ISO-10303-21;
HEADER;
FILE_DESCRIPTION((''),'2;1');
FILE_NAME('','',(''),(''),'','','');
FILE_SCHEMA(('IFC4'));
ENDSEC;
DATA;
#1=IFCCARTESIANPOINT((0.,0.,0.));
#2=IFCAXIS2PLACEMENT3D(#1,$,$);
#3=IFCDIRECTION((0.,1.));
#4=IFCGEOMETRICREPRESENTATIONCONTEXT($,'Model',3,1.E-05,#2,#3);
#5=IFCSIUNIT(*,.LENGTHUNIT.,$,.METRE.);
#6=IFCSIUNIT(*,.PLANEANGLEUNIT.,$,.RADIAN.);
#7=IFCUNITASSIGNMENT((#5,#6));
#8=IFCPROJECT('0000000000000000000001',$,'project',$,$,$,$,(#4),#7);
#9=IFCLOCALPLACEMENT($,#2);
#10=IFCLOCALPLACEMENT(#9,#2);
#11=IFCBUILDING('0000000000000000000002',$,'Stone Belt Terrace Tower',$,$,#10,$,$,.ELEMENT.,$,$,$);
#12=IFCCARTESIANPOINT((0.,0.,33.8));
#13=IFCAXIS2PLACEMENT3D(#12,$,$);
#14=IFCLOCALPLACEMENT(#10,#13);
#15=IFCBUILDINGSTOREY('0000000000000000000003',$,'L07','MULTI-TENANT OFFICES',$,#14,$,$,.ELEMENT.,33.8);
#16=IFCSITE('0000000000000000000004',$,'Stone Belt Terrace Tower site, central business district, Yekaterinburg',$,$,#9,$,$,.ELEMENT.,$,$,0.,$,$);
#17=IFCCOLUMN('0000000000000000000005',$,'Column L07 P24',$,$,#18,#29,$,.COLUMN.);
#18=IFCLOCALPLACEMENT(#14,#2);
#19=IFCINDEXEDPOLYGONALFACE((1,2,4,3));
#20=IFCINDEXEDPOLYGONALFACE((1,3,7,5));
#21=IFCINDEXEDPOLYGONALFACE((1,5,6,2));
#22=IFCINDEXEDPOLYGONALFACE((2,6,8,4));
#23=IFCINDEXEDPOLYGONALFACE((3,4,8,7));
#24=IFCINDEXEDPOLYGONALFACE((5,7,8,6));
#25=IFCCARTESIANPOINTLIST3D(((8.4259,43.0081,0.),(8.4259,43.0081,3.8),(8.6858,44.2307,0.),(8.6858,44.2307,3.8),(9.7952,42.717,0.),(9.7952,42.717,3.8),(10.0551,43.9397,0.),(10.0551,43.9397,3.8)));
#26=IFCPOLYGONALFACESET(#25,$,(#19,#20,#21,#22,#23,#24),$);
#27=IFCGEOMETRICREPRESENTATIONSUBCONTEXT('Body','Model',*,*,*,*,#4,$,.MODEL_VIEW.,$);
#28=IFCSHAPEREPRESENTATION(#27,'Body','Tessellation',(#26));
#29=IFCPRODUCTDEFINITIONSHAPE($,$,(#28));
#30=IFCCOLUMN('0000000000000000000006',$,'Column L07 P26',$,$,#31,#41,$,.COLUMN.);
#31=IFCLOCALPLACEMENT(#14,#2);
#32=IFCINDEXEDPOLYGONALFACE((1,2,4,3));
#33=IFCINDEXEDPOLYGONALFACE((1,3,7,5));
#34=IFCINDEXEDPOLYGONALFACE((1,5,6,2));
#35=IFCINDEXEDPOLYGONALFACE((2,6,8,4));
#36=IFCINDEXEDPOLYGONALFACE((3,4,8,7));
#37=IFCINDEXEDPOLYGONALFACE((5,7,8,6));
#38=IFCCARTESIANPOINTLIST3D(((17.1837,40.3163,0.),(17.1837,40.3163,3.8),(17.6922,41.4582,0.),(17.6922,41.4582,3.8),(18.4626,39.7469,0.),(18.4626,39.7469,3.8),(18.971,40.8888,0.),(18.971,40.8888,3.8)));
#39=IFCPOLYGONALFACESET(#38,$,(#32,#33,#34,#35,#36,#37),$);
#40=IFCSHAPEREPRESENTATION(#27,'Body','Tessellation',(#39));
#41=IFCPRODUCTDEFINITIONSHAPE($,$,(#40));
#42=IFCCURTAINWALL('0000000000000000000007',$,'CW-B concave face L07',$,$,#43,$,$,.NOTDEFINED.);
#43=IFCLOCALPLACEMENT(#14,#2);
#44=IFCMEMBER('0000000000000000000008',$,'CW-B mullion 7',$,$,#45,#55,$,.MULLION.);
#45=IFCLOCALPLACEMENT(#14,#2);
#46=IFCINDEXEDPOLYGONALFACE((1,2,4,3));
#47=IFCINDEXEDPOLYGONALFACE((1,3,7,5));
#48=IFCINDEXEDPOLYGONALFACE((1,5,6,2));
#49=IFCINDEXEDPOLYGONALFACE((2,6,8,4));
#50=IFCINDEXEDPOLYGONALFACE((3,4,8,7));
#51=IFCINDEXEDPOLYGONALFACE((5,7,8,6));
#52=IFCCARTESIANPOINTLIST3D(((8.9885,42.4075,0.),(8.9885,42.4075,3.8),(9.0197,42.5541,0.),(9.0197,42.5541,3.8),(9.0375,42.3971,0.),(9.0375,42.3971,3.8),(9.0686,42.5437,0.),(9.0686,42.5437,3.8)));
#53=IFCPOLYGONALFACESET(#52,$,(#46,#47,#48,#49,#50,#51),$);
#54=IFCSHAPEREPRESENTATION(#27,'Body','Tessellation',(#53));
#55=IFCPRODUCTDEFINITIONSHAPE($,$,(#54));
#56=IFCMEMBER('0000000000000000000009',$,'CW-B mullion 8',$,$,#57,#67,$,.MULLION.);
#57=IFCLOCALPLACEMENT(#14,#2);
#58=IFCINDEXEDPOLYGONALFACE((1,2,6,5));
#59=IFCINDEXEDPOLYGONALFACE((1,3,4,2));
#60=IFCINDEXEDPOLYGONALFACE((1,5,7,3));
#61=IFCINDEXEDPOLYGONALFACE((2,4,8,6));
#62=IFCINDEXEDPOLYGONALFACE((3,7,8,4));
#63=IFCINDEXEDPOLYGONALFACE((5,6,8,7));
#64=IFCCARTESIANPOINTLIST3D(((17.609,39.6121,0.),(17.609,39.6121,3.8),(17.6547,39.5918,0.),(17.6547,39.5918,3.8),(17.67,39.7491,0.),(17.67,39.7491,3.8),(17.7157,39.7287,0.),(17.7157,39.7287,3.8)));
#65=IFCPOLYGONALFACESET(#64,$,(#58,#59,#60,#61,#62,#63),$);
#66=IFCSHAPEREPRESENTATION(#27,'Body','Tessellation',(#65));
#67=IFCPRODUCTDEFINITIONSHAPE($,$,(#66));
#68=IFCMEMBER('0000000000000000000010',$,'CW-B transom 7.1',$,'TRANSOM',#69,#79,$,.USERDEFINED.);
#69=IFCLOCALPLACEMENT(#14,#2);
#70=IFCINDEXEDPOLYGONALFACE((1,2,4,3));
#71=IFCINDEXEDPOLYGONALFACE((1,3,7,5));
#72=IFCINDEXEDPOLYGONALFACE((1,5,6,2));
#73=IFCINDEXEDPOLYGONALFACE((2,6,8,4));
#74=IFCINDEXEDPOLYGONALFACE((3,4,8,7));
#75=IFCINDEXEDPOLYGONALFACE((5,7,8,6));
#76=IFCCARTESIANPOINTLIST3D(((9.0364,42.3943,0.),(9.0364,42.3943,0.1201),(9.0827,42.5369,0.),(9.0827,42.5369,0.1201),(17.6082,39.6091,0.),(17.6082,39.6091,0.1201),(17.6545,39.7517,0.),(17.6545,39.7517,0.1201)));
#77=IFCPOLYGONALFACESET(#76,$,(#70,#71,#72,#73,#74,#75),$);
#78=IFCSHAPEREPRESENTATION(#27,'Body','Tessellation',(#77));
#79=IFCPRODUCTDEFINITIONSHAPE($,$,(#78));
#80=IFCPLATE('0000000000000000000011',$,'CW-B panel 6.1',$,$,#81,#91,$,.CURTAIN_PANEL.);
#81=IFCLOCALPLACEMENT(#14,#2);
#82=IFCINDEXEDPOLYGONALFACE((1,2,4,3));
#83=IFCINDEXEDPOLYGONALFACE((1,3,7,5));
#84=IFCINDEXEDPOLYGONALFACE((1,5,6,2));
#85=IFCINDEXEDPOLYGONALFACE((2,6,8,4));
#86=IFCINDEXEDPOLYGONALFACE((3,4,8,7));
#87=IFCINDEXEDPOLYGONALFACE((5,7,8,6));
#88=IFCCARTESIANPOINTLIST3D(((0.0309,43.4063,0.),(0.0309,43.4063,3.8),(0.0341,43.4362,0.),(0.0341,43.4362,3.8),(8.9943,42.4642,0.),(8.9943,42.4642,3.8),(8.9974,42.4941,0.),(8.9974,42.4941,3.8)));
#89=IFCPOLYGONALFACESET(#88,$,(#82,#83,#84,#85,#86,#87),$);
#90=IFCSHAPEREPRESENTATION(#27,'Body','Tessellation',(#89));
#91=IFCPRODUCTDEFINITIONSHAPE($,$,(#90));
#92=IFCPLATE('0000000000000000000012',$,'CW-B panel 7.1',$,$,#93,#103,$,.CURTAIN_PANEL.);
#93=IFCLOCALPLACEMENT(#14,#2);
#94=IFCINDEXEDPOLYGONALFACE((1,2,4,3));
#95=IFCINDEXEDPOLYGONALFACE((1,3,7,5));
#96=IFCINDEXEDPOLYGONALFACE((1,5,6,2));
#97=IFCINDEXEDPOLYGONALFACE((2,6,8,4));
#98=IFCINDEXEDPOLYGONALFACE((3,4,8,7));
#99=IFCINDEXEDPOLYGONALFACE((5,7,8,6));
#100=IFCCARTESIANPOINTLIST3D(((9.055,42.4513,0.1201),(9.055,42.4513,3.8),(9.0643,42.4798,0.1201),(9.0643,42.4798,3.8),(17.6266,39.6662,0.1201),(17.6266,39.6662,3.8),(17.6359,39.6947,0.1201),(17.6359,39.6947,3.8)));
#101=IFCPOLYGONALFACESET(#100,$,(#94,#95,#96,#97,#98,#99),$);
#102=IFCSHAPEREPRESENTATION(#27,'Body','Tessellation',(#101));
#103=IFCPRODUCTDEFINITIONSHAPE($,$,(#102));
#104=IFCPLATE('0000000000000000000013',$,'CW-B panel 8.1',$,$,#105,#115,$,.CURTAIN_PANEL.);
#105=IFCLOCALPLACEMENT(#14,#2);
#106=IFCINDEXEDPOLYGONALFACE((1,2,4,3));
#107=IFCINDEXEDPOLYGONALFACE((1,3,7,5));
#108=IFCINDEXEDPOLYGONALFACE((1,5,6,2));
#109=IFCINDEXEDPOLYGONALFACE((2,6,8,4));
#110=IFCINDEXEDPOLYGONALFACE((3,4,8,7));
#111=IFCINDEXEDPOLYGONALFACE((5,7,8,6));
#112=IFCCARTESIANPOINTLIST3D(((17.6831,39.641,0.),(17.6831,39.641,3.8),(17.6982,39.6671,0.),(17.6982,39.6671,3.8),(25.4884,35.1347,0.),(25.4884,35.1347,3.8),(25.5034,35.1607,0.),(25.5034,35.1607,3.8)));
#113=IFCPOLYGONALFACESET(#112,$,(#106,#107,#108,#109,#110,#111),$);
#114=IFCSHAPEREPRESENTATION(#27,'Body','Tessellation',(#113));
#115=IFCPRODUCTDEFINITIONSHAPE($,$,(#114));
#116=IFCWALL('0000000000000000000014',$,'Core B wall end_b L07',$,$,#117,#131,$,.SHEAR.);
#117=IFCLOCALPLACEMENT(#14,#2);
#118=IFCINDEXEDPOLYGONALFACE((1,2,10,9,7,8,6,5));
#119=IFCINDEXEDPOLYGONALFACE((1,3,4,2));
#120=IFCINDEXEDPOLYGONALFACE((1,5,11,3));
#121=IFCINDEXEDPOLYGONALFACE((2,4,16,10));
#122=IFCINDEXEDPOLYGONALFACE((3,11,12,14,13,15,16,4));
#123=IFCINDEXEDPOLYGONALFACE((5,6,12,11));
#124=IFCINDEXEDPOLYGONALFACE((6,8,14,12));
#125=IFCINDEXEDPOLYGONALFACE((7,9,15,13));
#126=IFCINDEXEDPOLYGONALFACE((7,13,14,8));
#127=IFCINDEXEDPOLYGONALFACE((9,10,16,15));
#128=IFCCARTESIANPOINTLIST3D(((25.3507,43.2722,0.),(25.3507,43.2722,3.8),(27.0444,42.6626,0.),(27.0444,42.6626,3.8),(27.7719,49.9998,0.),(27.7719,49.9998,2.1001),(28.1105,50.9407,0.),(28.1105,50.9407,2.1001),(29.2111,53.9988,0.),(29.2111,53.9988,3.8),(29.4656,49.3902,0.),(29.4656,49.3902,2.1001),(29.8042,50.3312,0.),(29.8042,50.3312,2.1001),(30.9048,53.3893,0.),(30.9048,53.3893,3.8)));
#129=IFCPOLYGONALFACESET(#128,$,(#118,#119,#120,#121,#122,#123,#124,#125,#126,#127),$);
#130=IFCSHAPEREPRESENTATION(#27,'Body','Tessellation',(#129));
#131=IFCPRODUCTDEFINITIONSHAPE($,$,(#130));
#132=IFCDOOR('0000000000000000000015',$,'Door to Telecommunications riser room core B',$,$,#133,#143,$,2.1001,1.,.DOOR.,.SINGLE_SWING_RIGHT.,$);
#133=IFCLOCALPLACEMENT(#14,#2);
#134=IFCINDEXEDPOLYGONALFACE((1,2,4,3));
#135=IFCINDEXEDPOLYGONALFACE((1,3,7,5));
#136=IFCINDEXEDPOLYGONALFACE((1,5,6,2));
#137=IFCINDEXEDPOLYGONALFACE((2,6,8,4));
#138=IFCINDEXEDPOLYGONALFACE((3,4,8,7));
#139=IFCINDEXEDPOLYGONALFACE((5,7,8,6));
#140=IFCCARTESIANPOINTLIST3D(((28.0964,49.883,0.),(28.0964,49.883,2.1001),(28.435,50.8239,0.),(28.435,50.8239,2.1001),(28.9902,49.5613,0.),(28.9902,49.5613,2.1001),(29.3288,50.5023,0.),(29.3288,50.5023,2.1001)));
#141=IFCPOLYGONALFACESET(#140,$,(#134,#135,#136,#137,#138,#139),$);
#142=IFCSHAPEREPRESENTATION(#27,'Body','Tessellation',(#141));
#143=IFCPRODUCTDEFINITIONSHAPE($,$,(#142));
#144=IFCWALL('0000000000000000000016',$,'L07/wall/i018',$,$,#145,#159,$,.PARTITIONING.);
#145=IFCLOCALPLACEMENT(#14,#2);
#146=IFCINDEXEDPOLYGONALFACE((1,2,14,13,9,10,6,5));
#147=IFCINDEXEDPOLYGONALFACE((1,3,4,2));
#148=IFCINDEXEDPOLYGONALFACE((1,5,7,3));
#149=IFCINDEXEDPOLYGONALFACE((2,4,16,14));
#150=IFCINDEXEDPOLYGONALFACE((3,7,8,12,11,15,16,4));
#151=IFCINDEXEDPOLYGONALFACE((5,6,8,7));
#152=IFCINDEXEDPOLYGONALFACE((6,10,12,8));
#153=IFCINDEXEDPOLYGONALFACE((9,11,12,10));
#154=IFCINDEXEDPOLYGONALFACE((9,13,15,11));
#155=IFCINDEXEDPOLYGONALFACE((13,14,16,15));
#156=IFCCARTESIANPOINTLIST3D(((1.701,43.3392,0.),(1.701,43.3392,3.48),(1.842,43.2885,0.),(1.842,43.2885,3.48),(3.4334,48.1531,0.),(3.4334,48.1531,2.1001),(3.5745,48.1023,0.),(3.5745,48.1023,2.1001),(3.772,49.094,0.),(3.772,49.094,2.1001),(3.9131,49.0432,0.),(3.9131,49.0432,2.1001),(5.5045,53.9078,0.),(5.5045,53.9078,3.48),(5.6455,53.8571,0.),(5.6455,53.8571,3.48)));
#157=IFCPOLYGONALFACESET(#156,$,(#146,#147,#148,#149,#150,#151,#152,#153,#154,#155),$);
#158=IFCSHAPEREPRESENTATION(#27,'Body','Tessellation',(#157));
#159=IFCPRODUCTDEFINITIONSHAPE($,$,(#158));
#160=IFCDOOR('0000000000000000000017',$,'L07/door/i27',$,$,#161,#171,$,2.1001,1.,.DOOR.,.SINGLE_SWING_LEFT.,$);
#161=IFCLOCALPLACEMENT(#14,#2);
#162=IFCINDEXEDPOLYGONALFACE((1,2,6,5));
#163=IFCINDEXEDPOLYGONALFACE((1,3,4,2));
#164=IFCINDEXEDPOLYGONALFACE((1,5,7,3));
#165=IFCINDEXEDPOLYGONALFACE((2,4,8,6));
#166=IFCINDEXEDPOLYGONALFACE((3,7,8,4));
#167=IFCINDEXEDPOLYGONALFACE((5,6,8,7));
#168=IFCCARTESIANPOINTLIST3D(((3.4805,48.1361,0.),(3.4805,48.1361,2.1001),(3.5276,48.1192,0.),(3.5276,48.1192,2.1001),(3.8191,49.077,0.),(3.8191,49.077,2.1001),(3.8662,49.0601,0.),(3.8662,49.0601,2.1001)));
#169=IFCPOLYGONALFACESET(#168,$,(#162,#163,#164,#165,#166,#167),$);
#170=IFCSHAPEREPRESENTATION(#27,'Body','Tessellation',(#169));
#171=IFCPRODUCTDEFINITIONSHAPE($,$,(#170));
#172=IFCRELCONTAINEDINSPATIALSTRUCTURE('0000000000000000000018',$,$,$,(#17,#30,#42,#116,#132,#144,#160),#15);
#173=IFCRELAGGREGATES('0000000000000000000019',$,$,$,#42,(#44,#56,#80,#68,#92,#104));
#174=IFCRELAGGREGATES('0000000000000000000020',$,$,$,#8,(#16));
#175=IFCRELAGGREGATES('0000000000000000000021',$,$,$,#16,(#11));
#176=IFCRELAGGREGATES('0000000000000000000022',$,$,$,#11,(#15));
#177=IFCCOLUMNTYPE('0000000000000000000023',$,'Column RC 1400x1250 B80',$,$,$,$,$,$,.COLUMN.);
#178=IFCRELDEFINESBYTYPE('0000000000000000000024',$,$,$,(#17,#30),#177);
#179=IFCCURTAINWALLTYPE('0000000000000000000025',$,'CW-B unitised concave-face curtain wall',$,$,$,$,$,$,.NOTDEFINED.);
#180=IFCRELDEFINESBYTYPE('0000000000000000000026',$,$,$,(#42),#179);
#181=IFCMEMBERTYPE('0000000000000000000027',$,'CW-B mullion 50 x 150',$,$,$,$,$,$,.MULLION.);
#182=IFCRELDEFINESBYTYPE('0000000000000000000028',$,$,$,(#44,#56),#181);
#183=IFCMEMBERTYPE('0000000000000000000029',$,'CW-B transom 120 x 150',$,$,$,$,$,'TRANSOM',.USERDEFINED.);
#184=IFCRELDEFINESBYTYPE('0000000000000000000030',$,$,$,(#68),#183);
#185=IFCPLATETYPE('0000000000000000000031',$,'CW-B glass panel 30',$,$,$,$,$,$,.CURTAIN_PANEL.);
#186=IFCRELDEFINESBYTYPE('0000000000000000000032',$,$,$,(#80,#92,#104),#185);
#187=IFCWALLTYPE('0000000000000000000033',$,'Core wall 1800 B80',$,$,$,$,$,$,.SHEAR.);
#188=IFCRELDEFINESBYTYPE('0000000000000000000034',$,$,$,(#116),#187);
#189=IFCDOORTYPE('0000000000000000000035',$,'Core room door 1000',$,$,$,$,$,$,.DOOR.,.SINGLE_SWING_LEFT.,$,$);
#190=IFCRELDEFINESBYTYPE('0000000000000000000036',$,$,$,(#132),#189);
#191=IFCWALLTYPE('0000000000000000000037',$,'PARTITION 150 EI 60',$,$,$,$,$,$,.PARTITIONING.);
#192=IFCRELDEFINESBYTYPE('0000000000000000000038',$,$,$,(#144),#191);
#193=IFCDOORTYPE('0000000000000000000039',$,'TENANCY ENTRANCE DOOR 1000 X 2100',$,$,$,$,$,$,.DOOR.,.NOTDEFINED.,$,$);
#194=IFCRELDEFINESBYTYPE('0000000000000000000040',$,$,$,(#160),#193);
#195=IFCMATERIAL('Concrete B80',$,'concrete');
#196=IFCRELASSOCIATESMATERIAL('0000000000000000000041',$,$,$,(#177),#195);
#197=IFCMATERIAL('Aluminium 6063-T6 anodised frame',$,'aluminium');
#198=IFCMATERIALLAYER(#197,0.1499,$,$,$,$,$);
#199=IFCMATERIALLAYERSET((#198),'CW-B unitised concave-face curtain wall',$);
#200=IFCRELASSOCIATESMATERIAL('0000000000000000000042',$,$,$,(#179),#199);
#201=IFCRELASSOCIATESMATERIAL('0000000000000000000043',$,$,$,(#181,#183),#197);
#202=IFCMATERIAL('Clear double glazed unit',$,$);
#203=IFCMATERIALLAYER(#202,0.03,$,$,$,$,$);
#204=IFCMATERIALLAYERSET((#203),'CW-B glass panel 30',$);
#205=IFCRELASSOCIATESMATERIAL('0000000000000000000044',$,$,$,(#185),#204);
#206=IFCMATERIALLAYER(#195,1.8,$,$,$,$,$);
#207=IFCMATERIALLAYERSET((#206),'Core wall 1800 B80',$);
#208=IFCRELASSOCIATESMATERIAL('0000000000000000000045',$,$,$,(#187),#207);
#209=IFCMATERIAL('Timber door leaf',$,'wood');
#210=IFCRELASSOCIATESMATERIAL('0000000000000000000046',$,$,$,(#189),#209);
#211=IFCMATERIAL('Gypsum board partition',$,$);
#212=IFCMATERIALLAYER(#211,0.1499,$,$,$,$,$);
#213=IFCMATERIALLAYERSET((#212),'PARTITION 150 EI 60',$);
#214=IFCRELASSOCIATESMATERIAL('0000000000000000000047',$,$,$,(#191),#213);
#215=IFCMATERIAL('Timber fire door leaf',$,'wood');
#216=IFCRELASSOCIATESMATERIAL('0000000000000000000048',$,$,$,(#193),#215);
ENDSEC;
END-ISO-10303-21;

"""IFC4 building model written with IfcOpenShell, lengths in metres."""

from ifc_helpers import new_model, si_unit, direction, frame, frame_2d, origin, origin_2d, place, context, subcontext, project, spatial, rectangle, extrude, material, layer, layer_set, material_profile, profile_set, type_object, element, fill, aggregate, save


model = new_model("IFC4")

# Units and contexts
model_context = context("Model", 3, precision=1e-05, world=origin(), true_north=direction((0.0, 1.0)))
body_context = subcontext(model_context, "Body", "Model", "MODEL_VIEW")
ifc_project = project(units=[si_unit("LENGTHUNIT", "METRE"), si_unit("PLANEANGLEUNIT", "RADIAN")], contexts=[model_context])

# Site, building, storey
site_placement = place(None, origin())
site = spatial("IfcSite", under=ifc_project, at=site_placement, Name="Stone Belt Terrace Tower site, central business district, Yekaterinburg", CompositionType="ELEMENT", RefElevation=0.0)
building_placement = place(site_placement, origin())
building = spatial("IfcBuilding", under=site, at=building_placement, Name="Stone Belt Terrace Tower", CompositionType="ELEMENT")
storey_placement = place(building_placement, frame((0.0, 0.0, 33.8)))
storey = spatial("IfcBuildingStorey", under=building, at=storey_placement, Name="L07", Description="MULTI-TENANT OFFICES", CompositionType="ELEMENT", Elevation=33.8)

# Columns
ifc_material_1 = material(Name="Concrete B80", Category="concrete")
ifc_material_profile_1 = material_profile(ifc_material_1, rectangle(XDim=1.3999, YDim=1.25, at=origin_2d()), Name="RC 1400x1250")
ifc_profile_set_1 = profile_set([ifc_material_profile_1], Name="Concrete B80")
column_type = type_object("IfcColumnType", Name="Column RC 1400x1250 B80", PredefinedType="COLUMN", material=ifc_profile_set_1)
for number, where, z_axis, x_axis, name in (
    (1, (9.2405, 43.4739, 0.0), (0.0, 0.0, 1.0), (0.978148, -0.207912, 0.0), "Column L07 P24"),
    (2, (18.0774, 40.6025, 0.0), (0.0, 0.0, 1.0), (0.913545, -0.406737, 0.0), "Column L07 P26"),
):
    element("IfcColumn", number, at=place(storey_placement, frame(where, z_axis=z_axis, x_axis=x_axis)), inside=storey, type_object=column_type, Name=name, PredefinedType="COLUMN", context=body_context, shape_type="SweptSolid", body=[
        extrude(rectangle(XDim=1.3999, YDim=1.25, at=origin_2d()), origin(), (0.0, 0.0, 1.0), 3.8),
    ])

# Curtain wall, members, plates
ifc_material_2 = material(Name="Aluminium 6063-T6 anodised frame", Category="aluminium")
ifc_layer_1 = layer(ifc_material_2, 0.1499)
ifc_layer_set_1 = layer_set([ifc_layer_1], Name="CW-B unitised concave-face curtain wall")
curtain_wall_type = type_object("IfcCurtainWallType", Name="CW-B unitised concave-face curtain wall", PredefinedType="NOTDEFINED", material=ifc_layer_set_1)
curtain_wall_placement = place(storey_placement, origin())
curtain_wall = element("IfcCurtainWall", 3, at=curtain_wall_placement, inside=storey, type_object=curtain_wall_type, Name="CW-B concave face L07", PredefinedType="NOTDEFINED")
ifc_material_profile_2 = material_profile(ifc_material_2, rectangle(XDim=0.1499, YDim=0.05, at=origin_2d()), Name="Aluminium 6063-T6 50x150")
ifc_profile_set_2 = profile_set([ifc_material_profile_2], Name="Aluminium 6063-T6 anodised frame")
member_type_1 = type_object("IfcMemberType", Name="CW-B mullion 50 x 150", PredefinedType="MULLION", material=ifc_profile_set_2)
member_1_placement = place(storey_placement, frame((9.0286, 42.4756, 0.0), z_axis=(0.0, 0.0, 1.0), x_axis=(0.207912, 0.978148, 0.0)))
member_1 = element("IfcMember", 4, at=member_1_placement, type_object=member_type_1, Name="CW-B mullion 7", PredefinedType="MULLION", context=body_context, shape_type="SweptSolid", body=[
    extrude(rectangle(XDim=0.1499, YDim=0.05, at=origin_2d()), origin(), (0.0, 0.0, 1.0), 3.8),
])
member_2_placement = place(storey_placement, frame((17.6624, 39.6704, 0.0), z_axis=(0.0, 0.0, 1.0), x_axis=(0.406737, 0.913545, 0.0)))
member_2 = element("IfcMember", 5, at=member_2_placement, type_object=member_type_1, Name="CW-B mullion 8", PredefinedType="MULLION", context=body_context, shape_type="SweptSolid", body=[
    extrude(rectangle(XDim=0.1499, YDim=0.05, at=origin_2d()), origin(), (0.0, 0.0, 1.0), 3.8),
])
ifc_material_profile_3 = material_profile(ifc_material_2, rectangle(XDim=0.1499, YDim=0.1201, at=origin_2d()), Name="Aluminium 6063-T6 150x120")
ifc_profile_set_3 = profile_set([ifc_material_profile_3], Name="Aluminium 6063-T6 anodised frame")
member_type_2 = type_object("IfcMemberType", Name="CW-B transom 120 x 150", ElementType="TRANSOM", PredefinedType="USERDEFINED", material=ifc_profile_set_3)
member_3_placement = place(storey_placement, frame((9.0596, 42.4656, 0.0601), z_axis=(0.951056, -0.309019, 0.0), x_axis=(0.309019, 0.951056, 0.0)))
member_3 = element("IfcMember", 6, at=member_3_placement, type_object=member_type_2, Name="CW-B transom 7.1", ObjectType="TRANSOM", PredefinedType="USERDEFINED", context=body_context, shape_type="SweptSolid", body=[
    extrude(rectangle(XDim=0.1499, YDim=0.1201, at=origin_2d()), origin(), (0.0, 0.0, 1.0), 9.0129),
])
ifc_material_3 = material(Name="Clear double glazed unit")
ifc_layer_2 = layer(ifc_material_3, 0.03)
ifc_layer_set_2 = layer_set([ifc_layer_2], Name="CW-B glass panel 30")
plate_type = type_object("IfcPlateType", Name="CW-B glass panel 30", PredefinedType="CURTAIN_PANEL", material=ifc_layer_set_2)
plate_1_placement = place(storey_placement, frame((4.5142, 42.9502, 0.0), z_axis=(0.0, 0.0, 1.0), x_axis=(0.994522, -0.104528, 0.0)))
plate_1 = element("IfcPlate", 7, at=plate_1_placement, type_object=plate_type, Name="CW-B panel 6.1", PredefinedType="CURTAIN_PANEL", context=body_context, shape_type="SweptSolid", body=[
    extrude(rectangle(XDim=9.0127, YDim=0.03, at=origin_2d()), origin(), (0.0, 0.0, 1.0), 3.8),
])
plate_2_placement = place(storey_placement, frame((13.3455, 41.073, 0.1201), z_axis=(0.0, 0.0, 1.0), x_axis=(0.951057, -0.309017, 0.0)))
plate_2 = element("IfcPlate", 8, at=plate_2_placement, type_object=plate_type, Name="CW-B panel 7.1", PredefinedType="CURTAIN_PANEL", context=body_context, shape_type="SweptSolid", body=[
    extrude(rectangle(XDim=9.0127, YDim=0.03, at=origin_2d()), origin(), (0.0, 0.0, 1.0), 3.6799),
])
plate_3_placement = place(storey_placement, frame((21.5933, 37.4009, 0.0), z_axis=(0.0, 0.0, 1.0), x_axis=(0.866025, -0.5, 0.0)))
plate_3 = element("IfcPlate", 9, at=plate_3_placement, type_object=plate_type, Name="CW-B panel 8.1", PredefinedType="CURTAIN_PANEL", context=body_context, shape_type="SweptSolid", body=[
    extrude(rectangle(XDim=9.0127, YDim=0.03, at=origin_2d()), origin(), (0.0, 0.0, 1.0), 3.8),
])
aggregate(curtain_wall, [member_1, member_2, plate_1, member_3, plate_2, plate_3])

# Walls, openings, doors
ifc_layer_3 = layer(ifc_material_1, 1.8)
ifc_layer_set_3 = layer_set([ifc_layer_3], Name="Core wall 1800 B80")
wall_type_1 = type_object("IfcWallType", Name="Core wall 1800 B80", PredefinedType="SHEAR", material=ifc_layer_set_3)
wall_1_placement = place(storey_placement, frame((26.1975, 42.9673, 0.0), z_axis=(0.0, 0.0, 1.0), x_axis=(0.338625, 0.940921, 0.0)))
wall_1 = element("IfcWall", 10, at=wall_1_placement, inside=storey, type_object=wall_type_1, Name="Core B wall end_b L07", PredefinedType="SHEAR", context=body_context, shape_type="SweptSolid", body=[
    extrude(rectangle(XDim=11.4001, YDim=1.8, at=frame_2d((5.7002, 0.0))), origin(), (0.0, 0.0, 1.0), 3.8),
])
opening_1_placement = place(wall_1_placement, frame((7.1501, 0.0, 0.0)))
opening_1 = element("IfcOpeningElement", 11, at=opening_1_placement, cuts=wall_1, PredefinedType="OPENING", context=body_context, shape_type="SweptSolid", body=[
    extrude(rectangle(XDim=1.0, YDim=2.1001, at=frame_2d((0.5, 1.05))), frame((0.0, 0.9099, 0.0), z_axis=(0.0, -1.0, 0.0), x_axis=(1.0, 0.0, 0.0)), (0.0, 0.0, 1.0), 1.8201),
])
ifc_material_4 = material(Name="Timber door leaf", Category="wood")
door_type_1 = type_object("IfcDoorType", Name="Core room door 1000", OperationType="SINGLE_SWING_LEFT", PredefinedType="DOOR", material=ifc_material_4)
door_1_placement = place(opening_1_placement, origin())
door_1 = element("IfcDoor", 12, at=door_1_placement, inside=storey, type_object=door_type_1, Name="Door to Telecommunications riser room core B", OperationType="SINGLE_SWING_RIGHT", OverallHeight=2.1001, OverallWidth=1.0, PredefinedType="DOOR", context=body_context, shape_type="SweptSolid", body=[
    extrude(rectangle(XDim=1.0, YDim=2.1001, at=frame_2d((0.5, 1.05))), frame((0.0, 0.5552, 0.0), z_axis=(0.0, -1.0, 0.0), x_axis=(1.0, 0.0, 0.0)), (0.0, 0.0, 1.0), 0.95),
])
fill(opening_1, door_1)
ifc_material_5 = material(Name="Gypsum board partition")
ifc_layer_4 = layer(ifc_material_5, 0.1499)
ifc_layer_set_4 = layer_set([ifc_layer_4], Name="PARTITION 150 EI 60")
wall_type_2 = type_object("IfcWallType", Name="PARTITION 150 EI 60", PredefinedType="PARTITIONING", material=ifc_layer_set_4)
wall_2_placement = place(storey_placement, frame((1.7715, 43.3137, 0.0), z_axis=(0.0, 0.0, 1.0), x_axis=(0.338622, 0.940922, 0.0)))
wall_2 = element("IfcWall", 13, at=wall_2_placement, inside=storey, type_object=wall_type_2, Name="L07/wall/i018", PredefinedType="PARTITIONING", context=body_context, shape_type="SweptSolid", body=[
    extrude(rectangle(XDim=11.2322, YDim=0.1499, at=frame_2d((5.6162, 0.0))), origin(), (0.0, 0.0, 1.0), 3.48),
])
opening_2_placement = place(wall_2_placement, frame((5.1162, 0.0, 0.0)))
opening_2 = element("IfcOpeningElement", 14, at=opening_2_placement, cuts=wall_2, PredefinedType="OPENING", context=body_context, shape_type="SweptSolid", body=[
    extrude(rectangle(XDim=1.0, YDim=2.1001, at=frame_2d((0.5, 1.05))), frame((0.0, 0.085, 0.0), z_axis=(0.0, -1.0, 0.0), x_axis=(1.0, 0.0, 0.0)), (0.0, 0.0, 1.0), 0.1699),
])
ifc_material_6 = material(Name="Timber fire door leaf", Category="wood")
door_type_2 = type_object("IfcDoorType", Name="TENANCY ENTRANCE DOOR 1000 X 2100", OperationType="NOTDEFINED", PredefinedType="DOOR", material=ifc_material_6)
door_2_placement = place(opening_2_placement, origin())
door_2 = element("IfcDoor", 15, at=door_2_placement, inside=storey, type_object=door_type_2, Name="L07/door/i27", OperationType="SINGLE_SWING_LEFT", OverallHeight=2.1001, OverallWidth=1.0, PredefinedType="DOOR", context=body_context, shape_type="SweptSolid", body=[
    extrude(rectangle(XDim=1.0, YDim=2.1001, at=frame_2d((0.5, 1.05))), frame((0.0, 0.0249, 0.0), z_axis=(0.0, -1.0, 0.0), x_axis=(1.0, 0.0, 0.0)), (0.0, 0.0, 1.0), 0.05),
])
fill(opening_2, door_2)

save(model, "model.ifc")
